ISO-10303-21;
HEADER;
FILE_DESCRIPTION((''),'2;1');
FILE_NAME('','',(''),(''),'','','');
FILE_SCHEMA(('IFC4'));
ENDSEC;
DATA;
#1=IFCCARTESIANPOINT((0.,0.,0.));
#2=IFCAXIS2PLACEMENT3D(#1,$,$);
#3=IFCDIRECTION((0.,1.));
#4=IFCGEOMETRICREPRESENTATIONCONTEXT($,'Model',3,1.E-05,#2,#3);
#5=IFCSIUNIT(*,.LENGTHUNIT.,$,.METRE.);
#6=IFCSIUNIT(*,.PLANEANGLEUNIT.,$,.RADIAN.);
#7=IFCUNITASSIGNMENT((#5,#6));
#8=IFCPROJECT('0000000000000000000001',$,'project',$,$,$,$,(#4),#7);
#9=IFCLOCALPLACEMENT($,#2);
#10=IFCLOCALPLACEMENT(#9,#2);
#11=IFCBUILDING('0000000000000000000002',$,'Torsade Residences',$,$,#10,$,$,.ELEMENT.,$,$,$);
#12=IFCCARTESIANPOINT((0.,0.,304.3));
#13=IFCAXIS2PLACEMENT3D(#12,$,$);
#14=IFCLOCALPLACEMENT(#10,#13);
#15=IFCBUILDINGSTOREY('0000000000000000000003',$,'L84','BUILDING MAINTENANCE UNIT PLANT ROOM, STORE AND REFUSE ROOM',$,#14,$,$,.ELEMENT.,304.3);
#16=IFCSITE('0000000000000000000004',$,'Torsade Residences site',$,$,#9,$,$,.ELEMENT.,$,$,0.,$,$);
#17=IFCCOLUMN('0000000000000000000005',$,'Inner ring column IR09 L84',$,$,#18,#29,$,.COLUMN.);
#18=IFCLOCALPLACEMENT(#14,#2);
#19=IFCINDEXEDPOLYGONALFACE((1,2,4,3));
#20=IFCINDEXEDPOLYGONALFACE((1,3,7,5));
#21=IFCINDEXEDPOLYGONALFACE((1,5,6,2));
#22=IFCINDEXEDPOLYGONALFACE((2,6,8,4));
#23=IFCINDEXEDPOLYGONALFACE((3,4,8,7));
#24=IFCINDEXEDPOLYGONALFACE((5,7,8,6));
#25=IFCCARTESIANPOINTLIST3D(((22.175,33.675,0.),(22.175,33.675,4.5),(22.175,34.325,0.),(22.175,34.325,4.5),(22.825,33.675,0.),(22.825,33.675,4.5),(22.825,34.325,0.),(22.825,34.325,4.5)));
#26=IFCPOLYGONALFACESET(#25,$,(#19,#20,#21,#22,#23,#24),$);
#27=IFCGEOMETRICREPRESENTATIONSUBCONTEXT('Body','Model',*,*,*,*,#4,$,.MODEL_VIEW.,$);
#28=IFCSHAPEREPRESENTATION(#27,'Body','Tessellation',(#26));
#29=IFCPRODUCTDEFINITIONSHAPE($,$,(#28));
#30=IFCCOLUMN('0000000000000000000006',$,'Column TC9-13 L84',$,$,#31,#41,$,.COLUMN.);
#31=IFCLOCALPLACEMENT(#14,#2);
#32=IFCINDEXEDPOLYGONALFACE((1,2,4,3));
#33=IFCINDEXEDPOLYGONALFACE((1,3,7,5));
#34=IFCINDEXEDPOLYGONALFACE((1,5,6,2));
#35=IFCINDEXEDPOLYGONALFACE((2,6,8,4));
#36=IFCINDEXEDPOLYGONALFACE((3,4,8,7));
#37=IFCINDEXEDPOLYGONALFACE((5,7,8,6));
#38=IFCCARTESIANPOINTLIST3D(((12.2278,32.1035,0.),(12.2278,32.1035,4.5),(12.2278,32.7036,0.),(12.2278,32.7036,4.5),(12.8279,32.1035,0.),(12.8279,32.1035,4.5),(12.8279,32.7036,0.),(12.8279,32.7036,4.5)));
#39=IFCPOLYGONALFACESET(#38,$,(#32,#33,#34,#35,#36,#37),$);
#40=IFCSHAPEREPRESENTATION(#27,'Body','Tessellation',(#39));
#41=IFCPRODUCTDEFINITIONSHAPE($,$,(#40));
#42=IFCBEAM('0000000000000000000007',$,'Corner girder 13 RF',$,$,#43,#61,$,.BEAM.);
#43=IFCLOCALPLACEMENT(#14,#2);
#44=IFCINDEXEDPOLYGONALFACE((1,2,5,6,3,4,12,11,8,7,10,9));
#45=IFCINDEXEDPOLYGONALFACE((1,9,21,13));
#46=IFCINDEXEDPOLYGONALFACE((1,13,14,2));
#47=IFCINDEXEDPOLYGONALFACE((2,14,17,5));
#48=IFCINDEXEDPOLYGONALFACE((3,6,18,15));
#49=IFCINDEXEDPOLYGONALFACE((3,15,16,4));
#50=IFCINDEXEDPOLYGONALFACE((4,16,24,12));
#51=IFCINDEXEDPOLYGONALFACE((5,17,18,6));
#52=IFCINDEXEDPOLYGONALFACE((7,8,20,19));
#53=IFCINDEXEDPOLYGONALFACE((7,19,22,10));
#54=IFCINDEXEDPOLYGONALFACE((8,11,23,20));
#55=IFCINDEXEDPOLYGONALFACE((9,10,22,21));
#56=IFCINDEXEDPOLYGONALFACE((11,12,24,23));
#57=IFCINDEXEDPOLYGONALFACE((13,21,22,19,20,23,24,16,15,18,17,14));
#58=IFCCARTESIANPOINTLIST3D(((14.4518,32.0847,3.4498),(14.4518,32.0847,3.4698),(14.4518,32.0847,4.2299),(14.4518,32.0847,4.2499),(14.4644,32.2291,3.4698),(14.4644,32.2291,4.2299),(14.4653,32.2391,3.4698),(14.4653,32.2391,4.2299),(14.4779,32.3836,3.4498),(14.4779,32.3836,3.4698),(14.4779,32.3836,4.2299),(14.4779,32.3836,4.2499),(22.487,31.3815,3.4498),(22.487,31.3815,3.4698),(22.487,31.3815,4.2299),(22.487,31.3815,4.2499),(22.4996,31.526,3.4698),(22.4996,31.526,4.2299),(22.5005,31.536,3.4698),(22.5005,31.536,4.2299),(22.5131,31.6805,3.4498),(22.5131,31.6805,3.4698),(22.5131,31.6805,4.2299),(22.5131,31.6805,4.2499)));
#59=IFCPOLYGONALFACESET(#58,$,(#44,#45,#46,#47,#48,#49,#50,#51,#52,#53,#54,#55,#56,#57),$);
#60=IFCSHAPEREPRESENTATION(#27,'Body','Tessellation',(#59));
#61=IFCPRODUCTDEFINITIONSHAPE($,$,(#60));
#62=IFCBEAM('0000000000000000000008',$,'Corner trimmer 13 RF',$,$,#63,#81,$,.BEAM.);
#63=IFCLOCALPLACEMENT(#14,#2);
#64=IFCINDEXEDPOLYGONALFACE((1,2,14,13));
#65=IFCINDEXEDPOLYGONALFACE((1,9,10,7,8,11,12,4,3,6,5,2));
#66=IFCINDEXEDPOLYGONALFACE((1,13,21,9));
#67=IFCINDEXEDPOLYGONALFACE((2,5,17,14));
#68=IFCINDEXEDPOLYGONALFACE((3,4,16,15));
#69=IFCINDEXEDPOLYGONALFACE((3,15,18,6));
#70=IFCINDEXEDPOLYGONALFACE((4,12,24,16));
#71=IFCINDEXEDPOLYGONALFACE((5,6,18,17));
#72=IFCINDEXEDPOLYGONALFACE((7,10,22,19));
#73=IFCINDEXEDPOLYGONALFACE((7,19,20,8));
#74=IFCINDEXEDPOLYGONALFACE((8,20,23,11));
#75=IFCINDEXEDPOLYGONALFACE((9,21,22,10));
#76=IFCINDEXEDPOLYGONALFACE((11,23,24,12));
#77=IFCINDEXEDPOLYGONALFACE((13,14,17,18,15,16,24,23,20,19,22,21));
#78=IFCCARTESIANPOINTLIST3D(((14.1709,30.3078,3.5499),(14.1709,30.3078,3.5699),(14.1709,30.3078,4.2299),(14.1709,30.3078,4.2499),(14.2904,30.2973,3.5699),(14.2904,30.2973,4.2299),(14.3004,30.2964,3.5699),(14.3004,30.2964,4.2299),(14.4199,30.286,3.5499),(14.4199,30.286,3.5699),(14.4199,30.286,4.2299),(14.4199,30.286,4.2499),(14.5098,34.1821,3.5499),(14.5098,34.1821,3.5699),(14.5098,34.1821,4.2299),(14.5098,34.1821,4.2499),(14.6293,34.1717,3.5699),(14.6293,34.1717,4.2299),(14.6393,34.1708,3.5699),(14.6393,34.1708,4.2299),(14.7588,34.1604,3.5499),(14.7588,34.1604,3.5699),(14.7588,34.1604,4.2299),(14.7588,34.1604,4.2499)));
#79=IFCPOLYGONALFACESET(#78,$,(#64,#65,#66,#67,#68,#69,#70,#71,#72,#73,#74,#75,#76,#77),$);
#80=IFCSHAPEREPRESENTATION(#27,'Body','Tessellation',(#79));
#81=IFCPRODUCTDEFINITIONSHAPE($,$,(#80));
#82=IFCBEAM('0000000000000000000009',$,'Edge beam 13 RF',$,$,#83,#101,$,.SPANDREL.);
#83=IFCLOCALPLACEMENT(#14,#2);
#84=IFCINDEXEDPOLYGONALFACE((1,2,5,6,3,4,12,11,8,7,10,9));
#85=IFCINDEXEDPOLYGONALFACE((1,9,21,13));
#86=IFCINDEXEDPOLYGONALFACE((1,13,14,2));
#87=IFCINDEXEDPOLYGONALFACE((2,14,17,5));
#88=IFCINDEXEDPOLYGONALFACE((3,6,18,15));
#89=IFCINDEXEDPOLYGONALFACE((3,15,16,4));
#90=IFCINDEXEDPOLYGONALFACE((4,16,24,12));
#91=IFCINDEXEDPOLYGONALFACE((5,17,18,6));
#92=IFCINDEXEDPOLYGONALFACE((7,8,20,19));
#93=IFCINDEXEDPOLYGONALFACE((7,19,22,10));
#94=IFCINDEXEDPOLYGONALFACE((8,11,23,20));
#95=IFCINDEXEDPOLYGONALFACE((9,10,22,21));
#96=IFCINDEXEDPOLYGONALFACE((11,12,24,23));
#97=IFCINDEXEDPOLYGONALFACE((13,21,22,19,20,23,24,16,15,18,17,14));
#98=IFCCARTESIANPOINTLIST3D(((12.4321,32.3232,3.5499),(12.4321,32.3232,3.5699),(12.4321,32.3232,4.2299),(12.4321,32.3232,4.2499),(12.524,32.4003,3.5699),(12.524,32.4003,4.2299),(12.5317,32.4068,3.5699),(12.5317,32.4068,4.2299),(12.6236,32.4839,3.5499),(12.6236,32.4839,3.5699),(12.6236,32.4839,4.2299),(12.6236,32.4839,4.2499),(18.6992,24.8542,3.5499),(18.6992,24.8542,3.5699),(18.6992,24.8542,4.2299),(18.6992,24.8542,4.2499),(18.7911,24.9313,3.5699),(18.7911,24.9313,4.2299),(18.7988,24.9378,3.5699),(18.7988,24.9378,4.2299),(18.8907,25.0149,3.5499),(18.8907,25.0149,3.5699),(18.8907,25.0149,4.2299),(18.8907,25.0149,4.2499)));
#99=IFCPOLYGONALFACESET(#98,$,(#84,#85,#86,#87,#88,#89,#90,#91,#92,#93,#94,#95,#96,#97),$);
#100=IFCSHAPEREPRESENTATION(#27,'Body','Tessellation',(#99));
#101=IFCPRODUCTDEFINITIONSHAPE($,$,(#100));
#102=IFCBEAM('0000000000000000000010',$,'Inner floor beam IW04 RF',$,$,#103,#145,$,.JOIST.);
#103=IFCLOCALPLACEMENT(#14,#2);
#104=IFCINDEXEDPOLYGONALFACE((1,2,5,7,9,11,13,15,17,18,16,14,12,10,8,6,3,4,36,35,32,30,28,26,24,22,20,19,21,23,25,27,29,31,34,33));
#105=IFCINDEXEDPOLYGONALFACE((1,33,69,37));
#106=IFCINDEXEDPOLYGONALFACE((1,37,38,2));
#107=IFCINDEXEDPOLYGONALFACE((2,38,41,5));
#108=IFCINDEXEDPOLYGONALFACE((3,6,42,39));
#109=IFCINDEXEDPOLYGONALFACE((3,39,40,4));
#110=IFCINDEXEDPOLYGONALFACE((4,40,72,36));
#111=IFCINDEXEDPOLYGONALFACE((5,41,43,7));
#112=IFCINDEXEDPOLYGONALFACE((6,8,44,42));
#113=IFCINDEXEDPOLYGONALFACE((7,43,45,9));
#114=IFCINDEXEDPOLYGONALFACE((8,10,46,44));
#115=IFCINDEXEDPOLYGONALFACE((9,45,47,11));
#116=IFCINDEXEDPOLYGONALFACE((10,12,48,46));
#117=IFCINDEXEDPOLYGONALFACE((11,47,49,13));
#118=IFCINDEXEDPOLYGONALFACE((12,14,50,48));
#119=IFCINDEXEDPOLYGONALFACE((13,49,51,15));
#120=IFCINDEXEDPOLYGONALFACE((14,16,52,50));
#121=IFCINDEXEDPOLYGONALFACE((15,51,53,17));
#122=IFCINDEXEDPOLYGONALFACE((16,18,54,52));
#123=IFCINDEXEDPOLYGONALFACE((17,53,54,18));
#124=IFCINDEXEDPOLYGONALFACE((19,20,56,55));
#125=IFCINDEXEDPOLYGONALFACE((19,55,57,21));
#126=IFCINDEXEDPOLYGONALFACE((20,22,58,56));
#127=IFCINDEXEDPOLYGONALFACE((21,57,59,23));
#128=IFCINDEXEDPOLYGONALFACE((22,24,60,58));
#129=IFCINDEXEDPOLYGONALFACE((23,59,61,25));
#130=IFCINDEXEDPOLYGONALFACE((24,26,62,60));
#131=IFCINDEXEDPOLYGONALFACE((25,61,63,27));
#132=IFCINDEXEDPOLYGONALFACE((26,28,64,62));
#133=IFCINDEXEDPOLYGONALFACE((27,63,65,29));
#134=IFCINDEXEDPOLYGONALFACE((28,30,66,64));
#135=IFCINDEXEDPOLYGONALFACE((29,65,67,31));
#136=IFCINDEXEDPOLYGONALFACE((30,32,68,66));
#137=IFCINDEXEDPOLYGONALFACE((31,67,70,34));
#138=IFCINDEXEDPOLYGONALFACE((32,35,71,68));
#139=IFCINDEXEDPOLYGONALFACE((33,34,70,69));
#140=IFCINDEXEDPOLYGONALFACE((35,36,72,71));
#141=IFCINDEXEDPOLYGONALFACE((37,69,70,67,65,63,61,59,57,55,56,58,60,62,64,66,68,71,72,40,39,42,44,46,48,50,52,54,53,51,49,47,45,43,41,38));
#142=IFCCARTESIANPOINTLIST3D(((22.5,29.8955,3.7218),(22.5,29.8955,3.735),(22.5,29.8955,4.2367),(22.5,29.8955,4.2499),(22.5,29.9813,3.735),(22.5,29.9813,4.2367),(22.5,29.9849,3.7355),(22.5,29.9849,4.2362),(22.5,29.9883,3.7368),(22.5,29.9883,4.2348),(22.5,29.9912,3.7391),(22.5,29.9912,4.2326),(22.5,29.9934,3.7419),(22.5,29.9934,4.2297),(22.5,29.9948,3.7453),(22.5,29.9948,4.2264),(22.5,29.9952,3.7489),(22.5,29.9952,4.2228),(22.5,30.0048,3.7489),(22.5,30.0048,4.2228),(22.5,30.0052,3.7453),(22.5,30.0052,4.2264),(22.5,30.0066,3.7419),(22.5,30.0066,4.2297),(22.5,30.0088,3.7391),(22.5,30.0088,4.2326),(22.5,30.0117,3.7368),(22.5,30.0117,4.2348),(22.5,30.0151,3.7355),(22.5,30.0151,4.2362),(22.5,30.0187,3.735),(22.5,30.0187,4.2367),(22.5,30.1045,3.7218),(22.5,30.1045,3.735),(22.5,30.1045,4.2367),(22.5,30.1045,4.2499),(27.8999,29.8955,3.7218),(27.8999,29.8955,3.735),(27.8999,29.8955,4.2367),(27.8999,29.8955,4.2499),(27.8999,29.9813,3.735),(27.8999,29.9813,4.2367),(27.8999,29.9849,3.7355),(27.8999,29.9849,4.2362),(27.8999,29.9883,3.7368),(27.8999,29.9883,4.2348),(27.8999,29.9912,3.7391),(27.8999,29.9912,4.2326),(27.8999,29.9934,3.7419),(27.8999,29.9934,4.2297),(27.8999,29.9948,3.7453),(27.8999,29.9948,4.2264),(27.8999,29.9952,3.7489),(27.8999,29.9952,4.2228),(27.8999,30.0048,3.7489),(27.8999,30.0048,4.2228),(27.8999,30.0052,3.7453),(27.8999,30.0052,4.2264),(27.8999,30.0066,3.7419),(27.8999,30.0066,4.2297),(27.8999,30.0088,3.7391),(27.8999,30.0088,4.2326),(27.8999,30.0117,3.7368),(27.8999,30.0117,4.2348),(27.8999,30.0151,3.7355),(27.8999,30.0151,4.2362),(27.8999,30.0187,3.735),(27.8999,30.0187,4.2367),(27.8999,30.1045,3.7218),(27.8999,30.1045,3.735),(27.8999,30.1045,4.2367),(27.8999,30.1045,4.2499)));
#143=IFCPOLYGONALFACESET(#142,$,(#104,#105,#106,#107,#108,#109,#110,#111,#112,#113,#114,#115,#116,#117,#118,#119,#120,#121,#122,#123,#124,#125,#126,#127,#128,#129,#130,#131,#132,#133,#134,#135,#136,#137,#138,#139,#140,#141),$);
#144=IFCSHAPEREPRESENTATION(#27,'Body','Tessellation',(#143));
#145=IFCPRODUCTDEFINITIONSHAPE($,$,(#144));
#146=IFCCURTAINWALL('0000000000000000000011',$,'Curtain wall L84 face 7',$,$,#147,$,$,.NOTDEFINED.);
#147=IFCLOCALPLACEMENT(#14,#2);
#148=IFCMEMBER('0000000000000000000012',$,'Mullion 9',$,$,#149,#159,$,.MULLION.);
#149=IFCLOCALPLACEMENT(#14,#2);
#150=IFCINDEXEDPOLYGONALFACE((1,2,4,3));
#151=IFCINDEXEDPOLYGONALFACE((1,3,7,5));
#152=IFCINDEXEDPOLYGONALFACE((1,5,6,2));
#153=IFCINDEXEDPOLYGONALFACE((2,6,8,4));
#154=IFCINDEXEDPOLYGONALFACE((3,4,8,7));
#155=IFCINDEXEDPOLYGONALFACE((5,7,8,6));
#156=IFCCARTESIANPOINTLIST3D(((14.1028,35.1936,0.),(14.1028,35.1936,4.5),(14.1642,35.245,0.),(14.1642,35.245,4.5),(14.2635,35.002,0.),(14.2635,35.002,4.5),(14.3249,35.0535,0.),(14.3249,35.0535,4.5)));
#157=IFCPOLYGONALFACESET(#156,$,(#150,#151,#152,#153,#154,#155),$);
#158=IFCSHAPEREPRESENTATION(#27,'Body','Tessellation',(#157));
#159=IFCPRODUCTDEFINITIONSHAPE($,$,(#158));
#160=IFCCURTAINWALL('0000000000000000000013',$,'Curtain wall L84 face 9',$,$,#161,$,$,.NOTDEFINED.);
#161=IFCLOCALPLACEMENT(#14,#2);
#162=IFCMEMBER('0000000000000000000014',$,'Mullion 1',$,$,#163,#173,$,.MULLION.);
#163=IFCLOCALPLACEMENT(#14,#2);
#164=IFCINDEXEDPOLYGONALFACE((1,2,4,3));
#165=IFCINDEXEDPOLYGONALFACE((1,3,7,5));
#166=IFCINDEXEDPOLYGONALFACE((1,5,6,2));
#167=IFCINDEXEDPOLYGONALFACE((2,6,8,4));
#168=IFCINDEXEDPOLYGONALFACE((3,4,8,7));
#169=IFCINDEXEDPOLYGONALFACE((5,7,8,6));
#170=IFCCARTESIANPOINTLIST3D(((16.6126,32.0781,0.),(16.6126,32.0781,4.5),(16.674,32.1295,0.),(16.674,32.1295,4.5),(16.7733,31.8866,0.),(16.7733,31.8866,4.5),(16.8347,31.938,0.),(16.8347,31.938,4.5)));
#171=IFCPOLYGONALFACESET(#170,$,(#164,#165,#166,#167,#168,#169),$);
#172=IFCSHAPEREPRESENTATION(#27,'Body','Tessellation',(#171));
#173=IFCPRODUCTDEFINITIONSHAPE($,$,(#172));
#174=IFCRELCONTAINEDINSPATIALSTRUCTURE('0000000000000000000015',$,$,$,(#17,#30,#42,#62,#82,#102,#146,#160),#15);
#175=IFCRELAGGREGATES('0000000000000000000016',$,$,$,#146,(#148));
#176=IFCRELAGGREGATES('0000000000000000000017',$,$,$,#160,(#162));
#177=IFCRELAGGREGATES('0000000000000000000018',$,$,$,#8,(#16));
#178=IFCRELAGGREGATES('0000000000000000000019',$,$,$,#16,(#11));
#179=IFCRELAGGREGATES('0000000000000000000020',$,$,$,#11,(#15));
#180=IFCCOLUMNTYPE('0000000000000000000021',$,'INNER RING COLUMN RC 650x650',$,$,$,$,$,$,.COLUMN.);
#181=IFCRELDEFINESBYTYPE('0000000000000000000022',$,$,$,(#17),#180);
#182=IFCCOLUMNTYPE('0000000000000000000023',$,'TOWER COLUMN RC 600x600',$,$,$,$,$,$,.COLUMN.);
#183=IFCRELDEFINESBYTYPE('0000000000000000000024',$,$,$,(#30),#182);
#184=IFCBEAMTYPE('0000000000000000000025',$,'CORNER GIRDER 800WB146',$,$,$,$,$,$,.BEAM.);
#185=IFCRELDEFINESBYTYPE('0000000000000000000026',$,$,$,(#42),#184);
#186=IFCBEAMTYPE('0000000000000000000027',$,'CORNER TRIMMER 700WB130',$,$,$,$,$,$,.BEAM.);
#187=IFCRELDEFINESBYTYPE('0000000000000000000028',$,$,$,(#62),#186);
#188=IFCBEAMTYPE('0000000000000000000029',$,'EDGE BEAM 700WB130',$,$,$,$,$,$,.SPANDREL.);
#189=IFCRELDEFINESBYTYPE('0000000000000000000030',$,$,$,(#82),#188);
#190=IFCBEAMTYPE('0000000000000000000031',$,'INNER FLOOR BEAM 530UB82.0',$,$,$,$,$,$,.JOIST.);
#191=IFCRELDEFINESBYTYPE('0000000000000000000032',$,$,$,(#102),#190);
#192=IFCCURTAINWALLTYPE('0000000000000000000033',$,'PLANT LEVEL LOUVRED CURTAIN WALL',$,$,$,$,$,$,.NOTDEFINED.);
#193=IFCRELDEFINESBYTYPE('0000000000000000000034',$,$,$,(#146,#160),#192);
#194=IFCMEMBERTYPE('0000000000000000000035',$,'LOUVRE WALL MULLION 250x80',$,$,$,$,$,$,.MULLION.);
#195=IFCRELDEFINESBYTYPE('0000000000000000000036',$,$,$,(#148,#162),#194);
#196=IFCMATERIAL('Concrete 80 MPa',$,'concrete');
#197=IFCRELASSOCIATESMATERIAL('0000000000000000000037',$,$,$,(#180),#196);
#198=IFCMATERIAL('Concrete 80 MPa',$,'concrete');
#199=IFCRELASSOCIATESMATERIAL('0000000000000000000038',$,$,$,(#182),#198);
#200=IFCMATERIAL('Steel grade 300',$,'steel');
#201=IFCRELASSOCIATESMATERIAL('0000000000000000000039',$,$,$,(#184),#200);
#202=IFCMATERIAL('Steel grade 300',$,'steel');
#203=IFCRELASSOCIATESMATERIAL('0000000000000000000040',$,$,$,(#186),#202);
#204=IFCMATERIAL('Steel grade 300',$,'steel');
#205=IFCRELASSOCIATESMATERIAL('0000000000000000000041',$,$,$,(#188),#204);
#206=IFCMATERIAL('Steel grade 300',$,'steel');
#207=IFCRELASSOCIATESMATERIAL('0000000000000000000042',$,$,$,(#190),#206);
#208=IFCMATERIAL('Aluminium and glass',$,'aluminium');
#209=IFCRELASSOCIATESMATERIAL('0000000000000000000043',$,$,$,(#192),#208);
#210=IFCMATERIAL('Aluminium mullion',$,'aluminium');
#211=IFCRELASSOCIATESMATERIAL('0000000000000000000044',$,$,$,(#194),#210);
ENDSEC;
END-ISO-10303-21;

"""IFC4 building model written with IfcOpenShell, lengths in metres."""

from ifc_helpers import new_model, si_unit, direction, frame, origin, origin_2d, place, context, subcontext, project, spatial, rectangle, i_section, extrude, material, material_profile, profile_set, type_object, element, aggregate, save


model = new_model("IFC4")

# Units and contexts
model_context = context("Model", 3, precision=1e-05, world=origin(), true_north=direction((0.0, 1.0)))
body_context = subcontext(model_context, "Body", "Model", "MODEL_VIEW")
ifc_project = project(units=[si_unit("LENGTHUNIT", "METRE"), si_unit("PLANEANGLEUNIT", "RADIAN")], contexts=[model_context])

# Site, building, storey
site_placement = place(None, origin())
site = spatial("IfcSite", under=ifc_project, at=site_placement, Name="Torsade Residences site", CompositionType="ELEMENT", RefElevation=0.0)
building_placement = place(site_placement, origin())
building = spatial("IfcBuilding", under=site, at=building_placement, Name="Torsade Residences", CompositionType="ELEMENT")
storey_placement = place(building_placement, frame((0.0, 0.0, 304.3)))
storey = spatial("IfcBuildingStorey", under=building, at=storey_placement, Name="L84", Description="BUILDING MAINTENANCE UNIT PLANT ROOM, STORE AND REFUSE ROOM", CompositionType="ELEMENT", Elevation=304.3)

# Columns
ifc_material_1 = material(Name="Concrete 80 MPa", Category="concrete")
ifc_material_profile_1 = material_profile(ifc_material_1, rectangle(XDim=0.6499, YDim=0.6499, at=origin_2d()), Name="RC 650x650")
ifc_profile_set_1 = profile_set([ifc_material_profile_1], Name="Concrete 80 MPa")
column_type_1 = type_object("IfcColumnType", Name="INNER RING COLUMN RC 650x650", PredefinedType="COLUMN", material=ifc_profile_set_1)
column_1_placement = place(storey_placement, frame((22.5, 34.0, 0.0), z_axis=(0.0, 0.0, 1.0), x_axis=(1.0, 0.0, 0.0)))
element("IfcColumn", 1, at=column_1_placement, inside=storey, type_object=column_type_1, Name="Inner ring column IR09 L84", PredefinedType="COLUMN", context=body_context, shape_type="SweptSolid", body=[
    extrude(rectangle(XDim=0.6499, YDim=0.6499, at=origin_2d()), origin(), (0.0, 0.0, 1.0), 4.5),
])
ifc_material_2 = material(Name="Concrete 80 MPa", Category="concrete")
ifc_material_profile_2 = material_profile(ifc_material_2, rectangle(XDim=0.6001, YDim=0.6001, at=origin_2d()), Name="RC 600x600")
ifc_profile_set_2 = profile_set([ifc_material_profile_2], Name="Concrete 80 MPa")
column_type_2 = type_object("IfcColumnType", Name="TOWER COLUMN RC 600x600", PredefinedType="COLUMN", material=ifc_profile_set_2)
column_2_placement = place(storey_placement, frame((12.5278, 32.4036, 0.0), z_axis=(0.0, 0.0, 1.0), x_axis=(1.0, 0.0, 0.0)))
element("IfcColumn", 2, at=column_2_placement, inside=storey, type_object=column_type_2, Name="Column TC9-13 L84", PredefinedType="COLUMN", context=body_context, shape_type="SweptSolid", body=[
    extrude(rectangle(XDim=0.6001, YDim=0.6001, at=origin_2d()), origin(), (0.0, 0.0, 1.0), 4.5),
])

# Beams
ifc_material_3 = material(Name="Steel grade 300", Category="steel")
ifc_material_profile_3 = material_profile(ifc_material_3, i_section(OverallWidth=0.3, OverallDepth=0.8, WebThickness=0.01, FlangeThickness=0.02, at=origin_2d()), Name="800WB146")
ifc_profile_set_3 = profile_set([ifc_material_profile_3], Name="Steel grade 300")
beam_type_1 = type_object("IfcBeamType", Name="CORNER GIRDER 800WB146", PredefinedType="BEAM", material=ifc_profile_set_3)
beam_1_placement = place(storey_placement, frame((14.4648, 32.2341, 3.8499), z_axis=(0.996193, -0.087173, 0.0), x_axis=(0.087173, 0.996193, 0.0)))
element("IfcBeam", 3, at=beam_1_placement, inside=storey, type_object=beam_type_1, Name="Corner girder 13 RF", PredefinedType="BEAM", context=body_context, shape_type="SweptSolid", body=[
    extrude(i_section(OverallWidth=0.3, OverallDepth=0.8, WebThickness=0.01, FlangeThickness=0.02, at=origin_2d()), origin(), (0.0, 0.0, 1.0), 8.0659),
])
ifc_material_4 = material(Name="Steel grade 300", Category="steel")
ifc_material_profile_4 = material_profile(ifc_material_4, i_section(OverallWidth=0.25, OverallDepth=0.7, WebThickness=0.01, FlangeThickness=0.02, at=origin_2d()), Name="700WB130")
ifc_profile_set_4 = profile_set([ifc_material_profile_4], Name="Steel grade 300")
beam_type_2 = type_object("IfcBeamType", Name="CORNER TRIMMER 700WB130", PredefinedType="BEAM", material=ifc_profile_set_4)
beam_2_placement = place(storey_placement, frame((14.2954, 30.2969, 3.8999), z_axis=(0.087133, 0.996197, 0.0), x_axis=(-0.996197, 0.087133, 0.0)))
element("IfcBeam", 4, at=beam_2_placement, inside=storey, type_object=beam_type_2, Name="Corner trimmer 13 RF", PredefinedType="BEAM", context=body_context, shape_type="SweptSolid", body=[
    extrude(i_section(OverallWidth=0.25, OverallDepth=0.7, WebThickness=0.01, FlangeThickness=0.02, at=origin_2d()), origin(), (0.0, 0.0, 1.0), 3.8892),
])
ifc_material_5 = material(Name="Steel grade 300", Category="steel")
ifc_material_profile_5 = material_profile(ifc_material_5, i_section(OverallWidth=0.25, OverallDepth=0.7, WebThickness=0.01, FlangeThickness=0.02, at=origin_2d()), Name="700WB130")
ifc_profile_set_5 = profile_set([ifc_material_profile_5], Name="Steel grade 300")
beam_type_3 = type_object("IfcBeamType", Name="EDGE BEAM 700WB130", PredefinedType="SPANDREL", material=ifc_profile_set_5)
beam_3_placement = place(storey_placement, frame((12.5278, 32.4036, 3.8999), z_axis=(0.642779, -0.766052, 0.0), x_axis=(0.766052, 0.642779, 0.0)))
element("IfcBeam", 5, at=beam_3_placement, inside=storey, type_object=beam_type_3, Name="Edge beam 13 RF", PredefinedType="SPANDREL", context=body_context, shape_type="SweptSolid", body=[
    extrude(i_section(OverallWidth=0.25, OverallDepth=0.7, WebThickness=0.01, FlangeThickness=0.02, at=origin_2d()), origin(), (0.0, 0.0, 1.0), 9.75),
])
ifc_material_6 = material(Name="Steel grade 300", Category="steel")
ifc_material_profile_6 = material_profile(ifc_material_6, i_section(OverallWidth=0.209, OverallDepth=0.5281, WebThickness=0.0095, FlangeThickness=0.0132, FilletRadius=0.0139, at=origin_2d()), Name="530UB82.0")
ifc_profile_set_6 = profile_set([ifc_material_profile_6], Name="Steel grade 300")
beam_type_4 = type_object("IfcBeamType", Name="INNER FLOOR BEAM 530UB82.0", PredefinedType="JOIST", material=ifc_profile_set_6)
beam_4_placement = place(storey_placement, frame((27.8999, 30.0, 3.9858), z_axis=(-1.0, 0.0, 0.0), x_axis=(0.0, -1.0, 0.0)))
element("IfcBeam", 6, at=beam_4_placement, inside=storey, type_object=beam_type_4, Name="Inner floor beam IW04 RF", PredefinedType="JOIST", context=body_context, shape_type="SweptSolid", body=[
    extrude(i_section(OverallWidth=0.209, OverallDepth=0.5281, WebThickness=0.0095, FlangeThickness=0.0132, FilletRadius=0.0139, at=origin_2d()), origin(), (0.0, 0.0, 1.0), 5.3999),
])

# Curtain walls, members
ifc_material_7 = material(Name="Aluminium and glass", Category="aluminium")
curtain_wall_type = type_object("IfcCurtainWallType", Name="PLANT LEVEL LOUVRED CURTAIN WALL", PredefinedType="NOTDEFINED", material=ifc_material_7)
curtain_wall_1_placement = place(storey_placement, origin())
curtain_wall_1 = element("IfcCurtainWall", 7, at=curtain_wall_1_placement, inside=storey, type_object=curtain_wall_type, Name="Curtain wall L84 face 7", PredefinedType="NOTDEFINED")
ifc_material_8 = material(Name="Aluminium mullion", Category="aluminium")
ifc_material_profile_7 = material_profile(ifc_material_8, rectangle(XDim=0.25, YDim=0.0801, at=origin_2d()), Name="LOUVRE WALL MULLION 250x80")
ifc_profile_set_7 = profile_set([ifc_material_profile_7], Name="Aluminium mullion")
member_type_1 = type_object("IfcMemberType", Name="LOUVRE WALL MULLION 250x80", PredefinedType="MULLION", material=ifc_profile_set_7)
member_1_placement = place(storey_placement, frame((14.2139, 35.1235, 0.0), z_axis=(0.0, 0.0, 1.0), x_axis=(0.642788, -0.766044, 0.0)))
member_1 = element("IfcMember", 8, at=member_1_placement, type_object=member_type_1, Name="Mullion 9", PredefinedType="MULLION", context=body_context, shape_type="SweptSolid", body=[
    extrude(rectangle(XDim=0.25, YDim=0.0801, at=origin_2d()), origin(), (0.0, 0.0, 1.0), 4.5),
])
curtain_wall_2_placement = place(storey_placement, origin())
curtain_wall_2 = element("IfcCurtainWall", 9, at=curtain_wall_2_placement, inside=storey, type_object=curtain_wall_type, Name="Curtain wall L84 face 9", PredefinedType="NOTDEFINED")
member_2_placement = place(storey_placement, frame((16.7236, 32.0081, 0.0), z_axis=(0.0, 0.0, 1.0), x_axis=(0.642788, -0.766044, 0.0)))
member_2 = element("IfcMember", 10, at=member_2_placement, type_object=member_type_1, Name="Mullion 1", PredefinedType="MULLION", context=body_context, shape_type="SweptSolid", body=[
    extrude(rectangle(XDim=0.25, YDim=0.0801, at=origin_2d()), origin(), (0.0, 0.0, 1.0), 4.5),
])

aggregate(curtain_wall_1, [member_1])
aggregate(curtain_wall_2, [member_2])

save(model, "model.ifc")
